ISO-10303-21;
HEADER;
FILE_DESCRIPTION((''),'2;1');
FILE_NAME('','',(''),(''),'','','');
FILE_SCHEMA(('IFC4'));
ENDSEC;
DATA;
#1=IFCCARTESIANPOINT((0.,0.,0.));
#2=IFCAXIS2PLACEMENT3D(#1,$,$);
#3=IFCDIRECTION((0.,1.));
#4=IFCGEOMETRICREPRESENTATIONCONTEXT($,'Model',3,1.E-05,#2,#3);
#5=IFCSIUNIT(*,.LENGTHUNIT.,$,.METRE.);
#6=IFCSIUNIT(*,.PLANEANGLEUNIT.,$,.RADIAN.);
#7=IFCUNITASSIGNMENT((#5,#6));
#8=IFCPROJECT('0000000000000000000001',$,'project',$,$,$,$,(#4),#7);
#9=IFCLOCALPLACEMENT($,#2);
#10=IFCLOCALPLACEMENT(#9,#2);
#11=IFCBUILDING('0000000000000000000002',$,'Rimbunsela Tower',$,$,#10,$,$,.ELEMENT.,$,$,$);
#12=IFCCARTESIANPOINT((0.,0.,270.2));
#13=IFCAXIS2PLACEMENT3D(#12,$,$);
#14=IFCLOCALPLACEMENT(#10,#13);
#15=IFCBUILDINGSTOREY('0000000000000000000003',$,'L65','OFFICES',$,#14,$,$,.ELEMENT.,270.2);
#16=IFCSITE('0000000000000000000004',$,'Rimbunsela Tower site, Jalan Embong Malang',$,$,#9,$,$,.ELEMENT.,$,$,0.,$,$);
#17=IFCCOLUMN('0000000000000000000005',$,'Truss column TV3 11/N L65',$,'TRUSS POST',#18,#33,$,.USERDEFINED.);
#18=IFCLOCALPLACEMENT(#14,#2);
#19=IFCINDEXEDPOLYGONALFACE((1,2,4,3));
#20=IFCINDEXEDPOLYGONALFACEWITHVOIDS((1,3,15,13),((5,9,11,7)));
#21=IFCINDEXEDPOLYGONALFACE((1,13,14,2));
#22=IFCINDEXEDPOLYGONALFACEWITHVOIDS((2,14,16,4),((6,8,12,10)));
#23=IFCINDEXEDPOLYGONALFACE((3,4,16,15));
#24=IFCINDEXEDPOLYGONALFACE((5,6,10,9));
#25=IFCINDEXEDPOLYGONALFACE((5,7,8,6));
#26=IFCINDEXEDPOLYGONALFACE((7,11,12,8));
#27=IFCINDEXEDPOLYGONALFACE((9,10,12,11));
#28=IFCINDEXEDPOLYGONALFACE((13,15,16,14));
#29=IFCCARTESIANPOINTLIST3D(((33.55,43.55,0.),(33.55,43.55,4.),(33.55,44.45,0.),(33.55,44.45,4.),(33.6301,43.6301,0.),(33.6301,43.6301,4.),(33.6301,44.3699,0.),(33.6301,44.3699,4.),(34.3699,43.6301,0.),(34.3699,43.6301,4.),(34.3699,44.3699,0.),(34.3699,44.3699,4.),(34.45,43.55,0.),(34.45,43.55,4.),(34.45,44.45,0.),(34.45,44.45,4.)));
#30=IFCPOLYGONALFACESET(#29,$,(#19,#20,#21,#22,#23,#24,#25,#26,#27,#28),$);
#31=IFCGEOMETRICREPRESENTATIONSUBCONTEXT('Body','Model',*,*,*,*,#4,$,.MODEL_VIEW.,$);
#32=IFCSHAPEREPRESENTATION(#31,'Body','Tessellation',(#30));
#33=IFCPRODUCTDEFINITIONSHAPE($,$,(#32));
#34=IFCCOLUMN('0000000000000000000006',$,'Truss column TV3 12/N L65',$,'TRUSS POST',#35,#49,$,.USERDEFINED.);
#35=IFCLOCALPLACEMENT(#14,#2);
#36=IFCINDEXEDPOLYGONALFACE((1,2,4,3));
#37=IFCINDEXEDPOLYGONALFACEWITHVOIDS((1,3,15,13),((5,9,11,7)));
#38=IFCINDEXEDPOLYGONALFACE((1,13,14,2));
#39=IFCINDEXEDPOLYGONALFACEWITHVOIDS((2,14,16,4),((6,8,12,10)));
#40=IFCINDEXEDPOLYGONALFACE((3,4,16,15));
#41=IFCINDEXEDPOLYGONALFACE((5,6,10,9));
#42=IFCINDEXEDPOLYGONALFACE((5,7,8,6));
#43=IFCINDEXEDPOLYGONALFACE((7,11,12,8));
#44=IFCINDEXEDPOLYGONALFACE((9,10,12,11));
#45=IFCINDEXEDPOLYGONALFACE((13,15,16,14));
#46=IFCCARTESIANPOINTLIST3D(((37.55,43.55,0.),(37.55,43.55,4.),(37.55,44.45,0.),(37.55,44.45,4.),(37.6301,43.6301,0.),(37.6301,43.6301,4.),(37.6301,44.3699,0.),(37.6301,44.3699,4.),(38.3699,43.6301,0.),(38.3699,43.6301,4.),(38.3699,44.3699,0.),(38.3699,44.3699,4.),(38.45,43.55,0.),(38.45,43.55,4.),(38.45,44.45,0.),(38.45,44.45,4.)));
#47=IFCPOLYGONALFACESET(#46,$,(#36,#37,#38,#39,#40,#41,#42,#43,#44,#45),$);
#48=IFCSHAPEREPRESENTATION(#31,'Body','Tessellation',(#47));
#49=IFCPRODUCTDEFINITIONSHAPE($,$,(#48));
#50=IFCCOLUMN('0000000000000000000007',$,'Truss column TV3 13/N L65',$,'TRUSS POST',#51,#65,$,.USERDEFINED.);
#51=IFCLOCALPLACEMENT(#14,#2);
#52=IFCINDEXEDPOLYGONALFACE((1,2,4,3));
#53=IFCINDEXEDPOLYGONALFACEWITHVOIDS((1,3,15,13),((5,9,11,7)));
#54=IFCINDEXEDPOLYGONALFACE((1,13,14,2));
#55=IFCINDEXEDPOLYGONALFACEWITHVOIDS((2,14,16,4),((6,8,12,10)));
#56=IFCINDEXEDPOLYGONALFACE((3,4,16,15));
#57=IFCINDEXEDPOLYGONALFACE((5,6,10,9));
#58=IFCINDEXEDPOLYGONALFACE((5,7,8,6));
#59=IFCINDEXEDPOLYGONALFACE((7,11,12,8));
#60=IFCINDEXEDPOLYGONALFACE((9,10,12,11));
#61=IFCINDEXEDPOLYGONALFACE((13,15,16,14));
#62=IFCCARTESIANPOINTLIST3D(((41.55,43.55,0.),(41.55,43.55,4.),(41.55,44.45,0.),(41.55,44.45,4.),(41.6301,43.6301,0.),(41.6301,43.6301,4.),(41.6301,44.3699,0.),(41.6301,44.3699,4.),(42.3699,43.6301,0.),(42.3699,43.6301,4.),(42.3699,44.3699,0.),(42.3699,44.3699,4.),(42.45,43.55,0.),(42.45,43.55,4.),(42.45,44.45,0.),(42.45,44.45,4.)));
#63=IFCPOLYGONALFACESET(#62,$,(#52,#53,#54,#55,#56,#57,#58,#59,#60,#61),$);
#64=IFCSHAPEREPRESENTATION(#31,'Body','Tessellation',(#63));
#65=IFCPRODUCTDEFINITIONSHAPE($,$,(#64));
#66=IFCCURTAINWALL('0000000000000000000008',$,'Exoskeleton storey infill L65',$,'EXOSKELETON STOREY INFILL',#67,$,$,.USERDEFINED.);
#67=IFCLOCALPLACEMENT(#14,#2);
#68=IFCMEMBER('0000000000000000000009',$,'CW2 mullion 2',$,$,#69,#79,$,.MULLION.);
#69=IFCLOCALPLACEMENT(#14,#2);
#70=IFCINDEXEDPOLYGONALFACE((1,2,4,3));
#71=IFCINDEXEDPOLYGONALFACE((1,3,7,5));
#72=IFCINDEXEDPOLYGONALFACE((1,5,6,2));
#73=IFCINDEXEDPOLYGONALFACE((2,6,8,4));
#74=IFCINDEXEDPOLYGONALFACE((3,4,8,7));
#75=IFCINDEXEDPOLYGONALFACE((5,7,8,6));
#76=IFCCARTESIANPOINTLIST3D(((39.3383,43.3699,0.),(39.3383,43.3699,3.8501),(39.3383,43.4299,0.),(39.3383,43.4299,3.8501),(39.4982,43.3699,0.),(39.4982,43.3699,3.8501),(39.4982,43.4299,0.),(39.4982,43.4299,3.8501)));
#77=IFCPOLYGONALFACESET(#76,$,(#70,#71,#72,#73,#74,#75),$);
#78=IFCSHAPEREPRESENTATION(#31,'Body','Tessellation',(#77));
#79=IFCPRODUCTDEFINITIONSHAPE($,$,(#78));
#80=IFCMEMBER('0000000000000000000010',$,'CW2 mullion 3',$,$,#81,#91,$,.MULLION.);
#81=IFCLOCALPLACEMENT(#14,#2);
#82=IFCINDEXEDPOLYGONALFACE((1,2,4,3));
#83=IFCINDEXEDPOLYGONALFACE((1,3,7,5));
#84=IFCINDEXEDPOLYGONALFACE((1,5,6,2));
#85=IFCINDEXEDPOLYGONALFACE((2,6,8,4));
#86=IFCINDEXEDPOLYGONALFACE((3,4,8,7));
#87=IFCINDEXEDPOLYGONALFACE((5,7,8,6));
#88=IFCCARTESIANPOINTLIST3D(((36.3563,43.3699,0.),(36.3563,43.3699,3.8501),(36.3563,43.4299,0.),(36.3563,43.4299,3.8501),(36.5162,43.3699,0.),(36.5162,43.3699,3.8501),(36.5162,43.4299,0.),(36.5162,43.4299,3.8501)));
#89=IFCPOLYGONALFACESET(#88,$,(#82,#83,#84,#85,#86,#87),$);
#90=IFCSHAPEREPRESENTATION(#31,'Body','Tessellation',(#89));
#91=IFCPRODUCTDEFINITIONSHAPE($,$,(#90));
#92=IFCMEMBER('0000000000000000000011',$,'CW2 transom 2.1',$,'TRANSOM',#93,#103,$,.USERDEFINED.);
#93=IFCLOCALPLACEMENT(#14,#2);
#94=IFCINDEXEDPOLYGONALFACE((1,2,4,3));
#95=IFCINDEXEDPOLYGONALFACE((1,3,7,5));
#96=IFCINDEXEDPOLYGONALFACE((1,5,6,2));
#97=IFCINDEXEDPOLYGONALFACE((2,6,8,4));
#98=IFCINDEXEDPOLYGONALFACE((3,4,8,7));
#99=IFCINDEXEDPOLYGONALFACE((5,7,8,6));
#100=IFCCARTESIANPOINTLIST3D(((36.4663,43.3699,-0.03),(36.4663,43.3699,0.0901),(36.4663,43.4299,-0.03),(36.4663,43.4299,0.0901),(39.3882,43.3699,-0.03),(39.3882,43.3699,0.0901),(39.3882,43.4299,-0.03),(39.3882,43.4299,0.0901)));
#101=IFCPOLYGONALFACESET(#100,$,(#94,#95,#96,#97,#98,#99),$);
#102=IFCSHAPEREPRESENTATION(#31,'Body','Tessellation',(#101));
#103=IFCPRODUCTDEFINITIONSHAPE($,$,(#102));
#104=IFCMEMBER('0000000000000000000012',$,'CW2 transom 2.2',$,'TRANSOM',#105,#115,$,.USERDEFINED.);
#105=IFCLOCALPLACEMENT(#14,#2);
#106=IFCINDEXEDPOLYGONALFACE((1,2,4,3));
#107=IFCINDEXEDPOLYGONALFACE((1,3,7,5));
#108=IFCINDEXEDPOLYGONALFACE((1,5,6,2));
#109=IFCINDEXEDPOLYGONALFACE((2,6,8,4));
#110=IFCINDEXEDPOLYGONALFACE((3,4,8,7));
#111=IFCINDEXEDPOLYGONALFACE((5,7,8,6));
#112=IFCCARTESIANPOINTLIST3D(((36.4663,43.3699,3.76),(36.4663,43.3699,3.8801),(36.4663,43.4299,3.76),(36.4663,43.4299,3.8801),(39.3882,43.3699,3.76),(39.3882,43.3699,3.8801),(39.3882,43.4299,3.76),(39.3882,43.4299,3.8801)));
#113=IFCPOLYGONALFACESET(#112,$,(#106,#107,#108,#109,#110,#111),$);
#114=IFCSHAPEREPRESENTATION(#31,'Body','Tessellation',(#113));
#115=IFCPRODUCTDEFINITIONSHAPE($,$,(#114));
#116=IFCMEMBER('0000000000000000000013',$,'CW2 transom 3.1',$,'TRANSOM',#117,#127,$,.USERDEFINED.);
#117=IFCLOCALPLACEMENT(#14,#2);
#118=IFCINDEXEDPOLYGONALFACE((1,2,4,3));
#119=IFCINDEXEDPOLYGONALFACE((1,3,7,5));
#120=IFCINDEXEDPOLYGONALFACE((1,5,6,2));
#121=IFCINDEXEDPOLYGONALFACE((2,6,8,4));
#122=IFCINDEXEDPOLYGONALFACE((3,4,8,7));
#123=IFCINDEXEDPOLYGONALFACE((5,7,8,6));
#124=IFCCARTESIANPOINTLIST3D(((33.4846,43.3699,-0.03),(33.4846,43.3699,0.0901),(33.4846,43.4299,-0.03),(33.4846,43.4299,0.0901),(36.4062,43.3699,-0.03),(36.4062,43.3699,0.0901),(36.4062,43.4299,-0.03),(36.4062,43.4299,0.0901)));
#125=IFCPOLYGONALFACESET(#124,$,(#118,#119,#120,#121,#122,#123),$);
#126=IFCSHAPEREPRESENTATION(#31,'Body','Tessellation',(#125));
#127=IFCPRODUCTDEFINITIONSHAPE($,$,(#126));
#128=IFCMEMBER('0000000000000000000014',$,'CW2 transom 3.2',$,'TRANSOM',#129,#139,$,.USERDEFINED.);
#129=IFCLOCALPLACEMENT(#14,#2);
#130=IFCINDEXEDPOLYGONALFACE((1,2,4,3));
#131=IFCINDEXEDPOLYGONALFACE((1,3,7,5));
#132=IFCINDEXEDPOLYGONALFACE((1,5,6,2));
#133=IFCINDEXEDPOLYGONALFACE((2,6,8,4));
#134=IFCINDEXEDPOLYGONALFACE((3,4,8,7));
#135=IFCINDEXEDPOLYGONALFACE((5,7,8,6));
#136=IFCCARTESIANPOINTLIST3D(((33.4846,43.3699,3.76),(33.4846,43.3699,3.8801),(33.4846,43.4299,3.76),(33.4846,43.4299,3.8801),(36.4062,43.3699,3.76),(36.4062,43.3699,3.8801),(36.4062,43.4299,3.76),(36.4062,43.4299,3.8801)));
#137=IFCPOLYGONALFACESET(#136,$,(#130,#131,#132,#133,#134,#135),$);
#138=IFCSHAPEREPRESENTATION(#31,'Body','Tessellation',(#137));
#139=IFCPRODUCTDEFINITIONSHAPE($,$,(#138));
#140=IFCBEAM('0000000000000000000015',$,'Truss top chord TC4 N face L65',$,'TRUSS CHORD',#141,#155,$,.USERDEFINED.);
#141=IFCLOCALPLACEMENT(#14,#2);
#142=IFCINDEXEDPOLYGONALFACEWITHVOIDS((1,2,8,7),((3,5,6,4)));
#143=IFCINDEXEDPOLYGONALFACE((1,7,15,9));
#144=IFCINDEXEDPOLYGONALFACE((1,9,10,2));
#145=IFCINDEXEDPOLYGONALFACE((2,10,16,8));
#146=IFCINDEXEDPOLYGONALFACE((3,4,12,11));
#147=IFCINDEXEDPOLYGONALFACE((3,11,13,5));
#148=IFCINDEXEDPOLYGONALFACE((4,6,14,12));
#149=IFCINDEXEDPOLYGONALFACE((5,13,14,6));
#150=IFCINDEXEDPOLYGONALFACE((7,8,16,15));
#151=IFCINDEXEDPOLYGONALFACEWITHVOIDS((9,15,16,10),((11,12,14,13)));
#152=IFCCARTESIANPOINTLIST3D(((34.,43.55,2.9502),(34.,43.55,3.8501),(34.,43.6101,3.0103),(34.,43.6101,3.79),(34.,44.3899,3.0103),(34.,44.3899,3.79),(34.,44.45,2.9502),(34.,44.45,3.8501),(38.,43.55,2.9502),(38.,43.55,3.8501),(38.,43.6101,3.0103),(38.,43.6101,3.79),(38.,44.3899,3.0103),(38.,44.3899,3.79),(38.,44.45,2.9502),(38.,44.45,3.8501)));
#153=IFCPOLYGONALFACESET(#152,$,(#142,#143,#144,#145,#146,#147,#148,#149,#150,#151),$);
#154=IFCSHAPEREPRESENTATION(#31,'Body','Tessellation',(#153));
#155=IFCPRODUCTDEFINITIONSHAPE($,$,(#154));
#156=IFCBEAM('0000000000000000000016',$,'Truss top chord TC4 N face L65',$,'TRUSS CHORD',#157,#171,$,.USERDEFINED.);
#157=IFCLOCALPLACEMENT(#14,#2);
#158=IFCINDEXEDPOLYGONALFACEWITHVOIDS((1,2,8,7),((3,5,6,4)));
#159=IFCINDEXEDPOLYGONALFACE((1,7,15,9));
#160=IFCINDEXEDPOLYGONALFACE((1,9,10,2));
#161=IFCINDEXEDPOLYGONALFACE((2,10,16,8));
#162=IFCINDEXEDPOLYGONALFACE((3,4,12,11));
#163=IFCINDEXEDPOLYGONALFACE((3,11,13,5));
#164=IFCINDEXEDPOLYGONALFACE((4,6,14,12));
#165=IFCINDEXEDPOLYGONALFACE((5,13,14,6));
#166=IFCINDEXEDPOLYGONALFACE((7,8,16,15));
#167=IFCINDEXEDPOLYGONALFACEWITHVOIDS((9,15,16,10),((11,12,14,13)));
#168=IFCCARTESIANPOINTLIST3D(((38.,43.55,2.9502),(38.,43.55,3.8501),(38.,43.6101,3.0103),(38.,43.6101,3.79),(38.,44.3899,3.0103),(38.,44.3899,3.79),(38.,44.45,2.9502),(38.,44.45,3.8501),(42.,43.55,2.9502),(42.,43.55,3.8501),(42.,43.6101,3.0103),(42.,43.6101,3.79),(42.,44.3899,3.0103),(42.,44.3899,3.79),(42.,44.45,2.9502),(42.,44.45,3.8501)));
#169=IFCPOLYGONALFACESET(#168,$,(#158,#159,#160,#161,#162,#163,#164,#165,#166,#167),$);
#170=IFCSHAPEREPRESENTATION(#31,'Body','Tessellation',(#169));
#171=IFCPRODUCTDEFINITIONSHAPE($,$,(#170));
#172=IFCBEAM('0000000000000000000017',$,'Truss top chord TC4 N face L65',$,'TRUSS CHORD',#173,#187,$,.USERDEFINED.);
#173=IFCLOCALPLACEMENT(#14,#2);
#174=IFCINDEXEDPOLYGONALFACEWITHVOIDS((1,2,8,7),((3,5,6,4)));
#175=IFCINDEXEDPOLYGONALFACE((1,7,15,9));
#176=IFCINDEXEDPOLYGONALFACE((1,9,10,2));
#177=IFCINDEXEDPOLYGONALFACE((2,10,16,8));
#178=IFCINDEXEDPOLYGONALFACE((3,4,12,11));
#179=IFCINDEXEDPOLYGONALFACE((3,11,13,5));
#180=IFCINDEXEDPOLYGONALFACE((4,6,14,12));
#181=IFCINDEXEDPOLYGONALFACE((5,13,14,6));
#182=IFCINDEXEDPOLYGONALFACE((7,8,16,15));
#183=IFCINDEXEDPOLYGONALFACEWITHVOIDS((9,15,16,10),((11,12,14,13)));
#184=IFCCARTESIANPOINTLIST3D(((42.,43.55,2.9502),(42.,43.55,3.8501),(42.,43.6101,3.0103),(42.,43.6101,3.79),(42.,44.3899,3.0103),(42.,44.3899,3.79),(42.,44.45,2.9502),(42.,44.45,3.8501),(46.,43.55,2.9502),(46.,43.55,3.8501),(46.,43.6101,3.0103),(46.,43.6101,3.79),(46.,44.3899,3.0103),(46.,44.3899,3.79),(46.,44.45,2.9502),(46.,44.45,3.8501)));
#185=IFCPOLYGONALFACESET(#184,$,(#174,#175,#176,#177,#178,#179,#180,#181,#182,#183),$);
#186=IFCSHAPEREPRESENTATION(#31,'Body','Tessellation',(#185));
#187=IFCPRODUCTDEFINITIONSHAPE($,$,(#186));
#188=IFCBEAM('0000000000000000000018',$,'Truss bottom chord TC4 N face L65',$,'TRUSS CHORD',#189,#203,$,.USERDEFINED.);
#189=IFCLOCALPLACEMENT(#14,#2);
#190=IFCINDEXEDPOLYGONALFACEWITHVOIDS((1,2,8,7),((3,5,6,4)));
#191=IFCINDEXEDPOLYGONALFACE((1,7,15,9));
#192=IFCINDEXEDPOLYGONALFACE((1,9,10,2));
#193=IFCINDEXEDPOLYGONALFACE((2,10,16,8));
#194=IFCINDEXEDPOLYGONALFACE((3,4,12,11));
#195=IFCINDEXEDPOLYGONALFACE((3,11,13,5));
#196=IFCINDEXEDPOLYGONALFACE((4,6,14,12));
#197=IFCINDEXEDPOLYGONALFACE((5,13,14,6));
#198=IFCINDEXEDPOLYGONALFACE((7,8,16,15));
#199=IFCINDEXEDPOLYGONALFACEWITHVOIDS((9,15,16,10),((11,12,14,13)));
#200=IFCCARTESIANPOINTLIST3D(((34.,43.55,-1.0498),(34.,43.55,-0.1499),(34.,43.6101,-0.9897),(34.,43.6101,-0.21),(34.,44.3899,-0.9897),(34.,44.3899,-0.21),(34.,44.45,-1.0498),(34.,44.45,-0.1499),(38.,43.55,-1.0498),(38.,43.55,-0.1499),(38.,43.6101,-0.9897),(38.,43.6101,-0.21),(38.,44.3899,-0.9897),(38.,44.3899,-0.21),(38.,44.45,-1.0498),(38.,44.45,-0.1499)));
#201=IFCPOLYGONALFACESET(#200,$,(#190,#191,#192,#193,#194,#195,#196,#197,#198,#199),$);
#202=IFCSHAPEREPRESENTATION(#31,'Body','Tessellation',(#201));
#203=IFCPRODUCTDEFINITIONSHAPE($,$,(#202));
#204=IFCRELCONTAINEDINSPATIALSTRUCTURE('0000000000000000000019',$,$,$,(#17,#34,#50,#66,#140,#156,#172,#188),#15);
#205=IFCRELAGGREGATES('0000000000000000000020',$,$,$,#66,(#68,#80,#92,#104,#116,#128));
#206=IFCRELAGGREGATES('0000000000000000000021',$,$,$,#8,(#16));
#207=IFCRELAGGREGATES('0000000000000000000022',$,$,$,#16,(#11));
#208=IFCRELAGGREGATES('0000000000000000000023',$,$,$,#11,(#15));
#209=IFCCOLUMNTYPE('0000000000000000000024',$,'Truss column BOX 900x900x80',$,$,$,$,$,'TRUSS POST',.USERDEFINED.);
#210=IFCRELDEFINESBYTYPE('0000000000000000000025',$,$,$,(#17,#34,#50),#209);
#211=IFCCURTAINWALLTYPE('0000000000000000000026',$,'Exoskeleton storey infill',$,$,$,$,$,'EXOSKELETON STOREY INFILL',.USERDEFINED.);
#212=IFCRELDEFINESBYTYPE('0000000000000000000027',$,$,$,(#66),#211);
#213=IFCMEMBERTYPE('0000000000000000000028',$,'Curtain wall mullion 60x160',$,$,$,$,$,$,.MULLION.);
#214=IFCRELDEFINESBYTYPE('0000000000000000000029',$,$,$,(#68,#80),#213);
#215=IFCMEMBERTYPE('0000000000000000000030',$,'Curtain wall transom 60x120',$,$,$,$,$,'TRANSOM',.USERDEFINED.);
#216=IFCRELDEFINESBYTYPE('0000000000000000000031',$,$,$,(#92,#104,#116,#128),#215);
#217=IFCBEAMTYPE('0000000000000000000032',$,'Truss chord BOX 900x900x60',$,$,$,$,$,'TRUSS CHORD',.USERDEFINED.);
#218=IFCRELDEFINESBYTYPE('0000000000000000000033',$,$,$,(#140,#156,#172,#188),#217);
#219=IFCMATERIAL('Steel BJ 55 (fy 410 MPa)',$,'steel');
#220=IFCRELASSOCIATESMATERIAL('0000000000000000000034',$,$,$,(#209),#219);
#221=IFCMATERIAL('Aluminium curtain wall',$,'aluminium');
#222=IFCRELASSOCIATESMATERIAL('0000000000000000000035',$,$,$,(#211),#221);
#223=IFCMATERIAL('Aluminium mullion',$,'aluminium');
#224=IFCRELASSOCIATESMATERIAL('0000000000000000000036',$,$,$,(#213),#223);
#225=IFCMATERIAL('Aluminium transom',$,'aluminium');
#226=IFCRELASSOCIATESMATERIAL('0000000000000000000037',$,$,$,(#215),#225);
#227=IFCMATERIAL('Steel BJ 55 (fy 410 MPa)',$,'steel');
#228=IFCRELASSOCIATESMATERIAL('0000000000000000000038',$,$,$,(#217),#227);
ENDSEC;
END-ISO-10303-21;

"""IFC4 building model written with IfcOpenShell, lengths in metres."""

from ifc_helpers import new_model, si_unit, direction, frame, origin, origin_2d, place, context, subcontext, project, spatial, rectangle, hollow_rectangle, extrude, material, material_profile, profile_set, type_object, element, aggregate, save


model = new_model("IFC4")

# Units and contexts
model_context = context("Model", 3, precision=1e-05, world=origin(), true_north=direction((0.0, 1.0)))
body_context = subcontext(model_context, "Body", "Model", "MODEL_VIEW")
ifc_project = project(units=[si_unit("LENGTHUNIT", "METRE"), si_unit("PLANEANGLEUNIT", "RADIAN")], contexts=[model_context])

# Site, building, storey
site_placement = place(None, origin())
site = spatial("IfcSite", under=ifc_project, at=site_placement, Name="Rimbunsela Tower site, Jalan Embong Malang", CompositionType="ELEMENT", RefElevation=0.0)
building_placement = place(site_placement, origin())
building = spatial("IfcBuilding", under=site, at=building_placement, Name="Rimbunsela Tower", CompositionType="ELEMENT")
storey_placement = place(building_placement, frame((0.0, 0.0, 270.2)))
storey = spatial("IfcBuildingStorey", under=building, at=storey_placement, Name="L65", Description="OFFICES", CompositionType="ELEMENT", Elevation=270.2)

# Columns
ifc_material_1 = material(Name="Steel BJ 55 (fy 410 MPa)", Category="steel")
ifc_material_profile_1 = material_profile(ifc_material_1, hollow_rectangle(XDim=0.8999, YDim=0.8999, WallThickness=0.0801, at=origin_2d()), Name="BOX 900x900x80")
ifc_profile_set_1 = profile_set([ifc_material_profile_1], Name="Steel BJ 55 (fy 410 MPa)")
column_type = type_object("IfcColumnType", Name="Truss column BOX 900x900x80", ElementType="TRUSS POST", PredefinedType="USERDEFINED", material=ifc_profile_set_1)
for number, where, z_axis, x_axis, name in (
    (1, (34.0, 44.0, 0.0), (0.0, 0.0, 1.0), (1.0, 0.0, 0.0), "Truss column TV3 11/N L65"),
    (2, (38.0, 44.0, 0.0), (0.0, 0.0, 1.0), (1.0, 0.0, 0.0), "Truss column TV3 12/N L65"),
    (3, (42.0, 44.0, 0.0), (0.0, 0.0, 1.0), (1.0, 0.0, 0.0), "Truss column TV3 13/N L65"),
):
    element("IfcColumn", number, at=place(storey_placement, frame(where, z_axis=z_axis, x_axis=x_axis)), inside=storey, type_object=column_type, Name=name, ObjectType="TRUSS POST", PredefinedType="USERDEFINED", context=body_context, shape_type="SweptSolid", body=[
        extrude(hollow_rectangle(XDim=0.8999, YDim=0.8999, WallThickness=0.0801, at=origin_2d()), origin(), (0.0, 0.0, 1.0), 4.0),
    ])

# Curtain wall, members
ifc_material_2 = material(Name="Aluminium curtain wall", Category="aluminium")
curtain_wall_type = type_object("IfcCurtainWallType", Name="Exoskeleton storey infill", ElementType="EXOSKELETON STOREY INFILL", PredefinedType="USERDEFINED", material=ifc_material_2)
curtain_wall_placement = place(storey_placement, origin())
curtain_wall = element("IfcCurtainWall", 4, at=curtain_wall_placement, inside=storey, type_object=curtain_wall_type, Name="Exoskeleton storey infill L65", ObjectType="EXOSKELETON STOREY INFILL", PredefinedType="USERDEFINED")
ifc_material_3 = material(Name="Aluminium mullion", Category="aluminium")
ifc_material_profile_2 = material_profile(ifc_material_3, rectangle(XDim=0.0601, YDim=0.1599, at=origin_2d()), Name="Mullion 60x160")
ifc_profile_set_2 = profile_set([ifc_material_profile_2], Name="Aluminium mullion")
member_type_1 = type_object("IfcMemberType", Name="Curtain wall mullion 60x160", PredefinedType="MULLION", material=ifc_profile_set_2)
member_1_placement = place(storey_placement, frame((39.4182, 43.3999, 0.0), z_axis=(0.0, 0.0, 1.0), x_axis=(0.0, -1.0, 0.0)))
member_1 = element("IfcMember", 5, at=member_1_placement, type_object=member_type_1, Name="CW2 mullion 2", PredefinedType="MULLION", context=body_context, shape_type="SweptSolid", body=[
    extrude(rectangle(XDim=0.0601, YDim=0.1599, at=origin_2d()), origin(), (0.0, 0.0, 1.0), 3.8501),
])
member_2_placement = place(storey_placement, frame((36.4363, 43.3999, 0.0), z_axis=(0.0, 0.0, 1.0), x_axis=(0.0, -1.0, 0.0)))
member_2 = element("IfcMember", 6, at=member_2_placement, type_object=member_type_1, Name="CW2 mullion 3", PredefinedType="MULLION", context=body_context, shape_type="SweptSolid", body=[
    extrude(rectangle(XDim=0.0601, YDim=0.1599, at=origin_2d()), origin(), (0.0, 0.0, 1.0), 3.8501),
])
ifc_material_4 = material(Name="Aluminium transom", Category="aluminium")
ifc_material_profile_3 = material_profile(ifc_material_4, rectangle(XDim=0.0601, YDim=0.1201, at=origin_2d()), Name="Transom 60x120")
ifc_profile_set_3 = profile_set([ifc_material_profile_3], Name="Aluminium transom")
member_type_2 = type_object("IfcMemberType", Name="Curtain wall transom 60x120", ElementType="TRANSOM", PredefinedType="USERDEFINED", material=ifc_profile_set_3)
member_3_placement = place(storey_placement, frame((39.3882, 43.3999, 0.03), z_axis=(-1.0, 0.0, 0.0), x_axis=(0.0, -1.0, 0.0)))
member_3 = element("IfcMember", 7, at=member_3_placement, type_object=member_type_2, Name="CW2 transom 2.1", ObjectType="TRANSOM", PredefinedType="USERDEFINED", context=body_context, shape_type="SweptSolid", body=[
    extrude(rectangle(XDim=0.0601, YDim=0.1201, at=origin_2d()), origin(), (0.0, 0.0, 1.0), 2.9219),
])
member_4_placement = place(storey_placement, frame((39.3882, 43.3999, 3.8201), z_axis=(-1.0, 0.0, 0.0), x_axis=(0.0, -1.0, 0.0)))
member_4 = element("IfcMember", 8, at=member_4_placement, type_object=member_type_2, Name="CW2 transom 2.2", ObjectType="TRANSOM", PredefinedType="USERDEFINED", context=body_context, shape_type="SweptSolid", body=[
    extrude(rectangle(XDim=0.0601, YDim=0.1201, at=origin_2d()), origin(), (0.0, 0.0, 1.0), 2.9219),
])
member_5_placement = place(storey_placement, frame((36.4062, 43.3999, 0.03), z_axis=(-1.0, 0.0, 0.0), x_axis=(0.0, -1.0, 0.0)))
member_5 = element("IfcMember", 9, at=member_5_placement, type_object=member_type_2, Name="CW2 transom 3.1", ObjectType="TRANSOM", PredefinedType="USERDEFINED", context=body_context, shape_type="SweptSolid", body=[
    extrude(rectangle(XDim=0.0601, YDim=0.1201, at=origin_2d()), origin(), (0.0, 0.0, 1.0), 2.9216),
])
member_6_placement = place(storey_placement, frame((36.4062, 43.3999, 3.8201), z_axis=(-1.0, 0.0, 0.0), x_axis=(0.0, -1.0, 0.0)))
member_6 = element("IfcMember", 10, at=member_6_placement, type_object=member_type_2, Name="CW2 transom 3.2", ObjectType="TRANSOM", PredefinedType="USERDEFINED", context=body_context, shape_type="SweptSolid", body=[
    extrude(rectangle(XDim=0.0601, YDim=0.1201, at=origin_2d()), origin(), (0.0, 0.0, 1.0), 2.9216),
])

# Beams
ifc_material_5 = material(Name="Steel BJ 55 (fy 410 MPa)", Category="steel")
ifc_material_profile_4 = material_profile(ifc_material_5, hollow_rectangle(XDim=0.8999, YDim=0.8999, WallThickness=0.0601, at=origin_2d()), Name="BOX 900x900x60")
ifc_profile_set_4 = profile_set([ifc_material_profile_4], Name="Steel BJ 55 (fy 410 MPa)")
beam_type = type_object("IfcBeamType", Name="Truss chord BOX 900x900x60", ElementType="TRUSS CHORD", PredefinedType="USERDEFINED", material=ifc_profile_set_4)
for number, where, z_axis, x_axis, name in (
    (11, (34.0, 44.0, 3.4001), (1.0, 0.0, 0.0), (0.0, 1.0, 0.0), "Truss top chord TC4 N face L65"),
    (12, (38.0, 44.0, 3.4001), (1.0, 0.0, 0.0), (0.0, 1.0, 0.0), "Truss top chord TC4 N face L65"),
    (13, (42.0, 44.0, 3.4001), (1.0, 0.0, 0.0), (0.0, 1.0, 0.0), "Truss top chord TC4 N face L65"),
    (14, (34.0, 44.0, -0.5999), (1.0, 0.0, 0.0), (0.0, 1.0, 0.0), "Truss bottom chord TC4 N face L65"),
):
    element("IfcBeam", number, at=place(storey_placement, frame(where, z_axis=z_axis, x_axis=x_axis)), inside=storey, type_object=beam_type, Name=name, ObjectType="TRUSS CHORD", PredefinedType="USERDEFINED", context=body_context, shape_type="SweptSolid", body=[
        extrude(hollow_rectangle(XDim=0.8999, YDim=0.8999, WallThickness=0.0601, at=origin_2d()), origin(), (0.0, 0.0, 1.0), 4.0),
    ])

aggregate(curtain_wall, [member_1, member_2, member_3, member_4, member_5, member_6])

save(model, "model.ifc")
